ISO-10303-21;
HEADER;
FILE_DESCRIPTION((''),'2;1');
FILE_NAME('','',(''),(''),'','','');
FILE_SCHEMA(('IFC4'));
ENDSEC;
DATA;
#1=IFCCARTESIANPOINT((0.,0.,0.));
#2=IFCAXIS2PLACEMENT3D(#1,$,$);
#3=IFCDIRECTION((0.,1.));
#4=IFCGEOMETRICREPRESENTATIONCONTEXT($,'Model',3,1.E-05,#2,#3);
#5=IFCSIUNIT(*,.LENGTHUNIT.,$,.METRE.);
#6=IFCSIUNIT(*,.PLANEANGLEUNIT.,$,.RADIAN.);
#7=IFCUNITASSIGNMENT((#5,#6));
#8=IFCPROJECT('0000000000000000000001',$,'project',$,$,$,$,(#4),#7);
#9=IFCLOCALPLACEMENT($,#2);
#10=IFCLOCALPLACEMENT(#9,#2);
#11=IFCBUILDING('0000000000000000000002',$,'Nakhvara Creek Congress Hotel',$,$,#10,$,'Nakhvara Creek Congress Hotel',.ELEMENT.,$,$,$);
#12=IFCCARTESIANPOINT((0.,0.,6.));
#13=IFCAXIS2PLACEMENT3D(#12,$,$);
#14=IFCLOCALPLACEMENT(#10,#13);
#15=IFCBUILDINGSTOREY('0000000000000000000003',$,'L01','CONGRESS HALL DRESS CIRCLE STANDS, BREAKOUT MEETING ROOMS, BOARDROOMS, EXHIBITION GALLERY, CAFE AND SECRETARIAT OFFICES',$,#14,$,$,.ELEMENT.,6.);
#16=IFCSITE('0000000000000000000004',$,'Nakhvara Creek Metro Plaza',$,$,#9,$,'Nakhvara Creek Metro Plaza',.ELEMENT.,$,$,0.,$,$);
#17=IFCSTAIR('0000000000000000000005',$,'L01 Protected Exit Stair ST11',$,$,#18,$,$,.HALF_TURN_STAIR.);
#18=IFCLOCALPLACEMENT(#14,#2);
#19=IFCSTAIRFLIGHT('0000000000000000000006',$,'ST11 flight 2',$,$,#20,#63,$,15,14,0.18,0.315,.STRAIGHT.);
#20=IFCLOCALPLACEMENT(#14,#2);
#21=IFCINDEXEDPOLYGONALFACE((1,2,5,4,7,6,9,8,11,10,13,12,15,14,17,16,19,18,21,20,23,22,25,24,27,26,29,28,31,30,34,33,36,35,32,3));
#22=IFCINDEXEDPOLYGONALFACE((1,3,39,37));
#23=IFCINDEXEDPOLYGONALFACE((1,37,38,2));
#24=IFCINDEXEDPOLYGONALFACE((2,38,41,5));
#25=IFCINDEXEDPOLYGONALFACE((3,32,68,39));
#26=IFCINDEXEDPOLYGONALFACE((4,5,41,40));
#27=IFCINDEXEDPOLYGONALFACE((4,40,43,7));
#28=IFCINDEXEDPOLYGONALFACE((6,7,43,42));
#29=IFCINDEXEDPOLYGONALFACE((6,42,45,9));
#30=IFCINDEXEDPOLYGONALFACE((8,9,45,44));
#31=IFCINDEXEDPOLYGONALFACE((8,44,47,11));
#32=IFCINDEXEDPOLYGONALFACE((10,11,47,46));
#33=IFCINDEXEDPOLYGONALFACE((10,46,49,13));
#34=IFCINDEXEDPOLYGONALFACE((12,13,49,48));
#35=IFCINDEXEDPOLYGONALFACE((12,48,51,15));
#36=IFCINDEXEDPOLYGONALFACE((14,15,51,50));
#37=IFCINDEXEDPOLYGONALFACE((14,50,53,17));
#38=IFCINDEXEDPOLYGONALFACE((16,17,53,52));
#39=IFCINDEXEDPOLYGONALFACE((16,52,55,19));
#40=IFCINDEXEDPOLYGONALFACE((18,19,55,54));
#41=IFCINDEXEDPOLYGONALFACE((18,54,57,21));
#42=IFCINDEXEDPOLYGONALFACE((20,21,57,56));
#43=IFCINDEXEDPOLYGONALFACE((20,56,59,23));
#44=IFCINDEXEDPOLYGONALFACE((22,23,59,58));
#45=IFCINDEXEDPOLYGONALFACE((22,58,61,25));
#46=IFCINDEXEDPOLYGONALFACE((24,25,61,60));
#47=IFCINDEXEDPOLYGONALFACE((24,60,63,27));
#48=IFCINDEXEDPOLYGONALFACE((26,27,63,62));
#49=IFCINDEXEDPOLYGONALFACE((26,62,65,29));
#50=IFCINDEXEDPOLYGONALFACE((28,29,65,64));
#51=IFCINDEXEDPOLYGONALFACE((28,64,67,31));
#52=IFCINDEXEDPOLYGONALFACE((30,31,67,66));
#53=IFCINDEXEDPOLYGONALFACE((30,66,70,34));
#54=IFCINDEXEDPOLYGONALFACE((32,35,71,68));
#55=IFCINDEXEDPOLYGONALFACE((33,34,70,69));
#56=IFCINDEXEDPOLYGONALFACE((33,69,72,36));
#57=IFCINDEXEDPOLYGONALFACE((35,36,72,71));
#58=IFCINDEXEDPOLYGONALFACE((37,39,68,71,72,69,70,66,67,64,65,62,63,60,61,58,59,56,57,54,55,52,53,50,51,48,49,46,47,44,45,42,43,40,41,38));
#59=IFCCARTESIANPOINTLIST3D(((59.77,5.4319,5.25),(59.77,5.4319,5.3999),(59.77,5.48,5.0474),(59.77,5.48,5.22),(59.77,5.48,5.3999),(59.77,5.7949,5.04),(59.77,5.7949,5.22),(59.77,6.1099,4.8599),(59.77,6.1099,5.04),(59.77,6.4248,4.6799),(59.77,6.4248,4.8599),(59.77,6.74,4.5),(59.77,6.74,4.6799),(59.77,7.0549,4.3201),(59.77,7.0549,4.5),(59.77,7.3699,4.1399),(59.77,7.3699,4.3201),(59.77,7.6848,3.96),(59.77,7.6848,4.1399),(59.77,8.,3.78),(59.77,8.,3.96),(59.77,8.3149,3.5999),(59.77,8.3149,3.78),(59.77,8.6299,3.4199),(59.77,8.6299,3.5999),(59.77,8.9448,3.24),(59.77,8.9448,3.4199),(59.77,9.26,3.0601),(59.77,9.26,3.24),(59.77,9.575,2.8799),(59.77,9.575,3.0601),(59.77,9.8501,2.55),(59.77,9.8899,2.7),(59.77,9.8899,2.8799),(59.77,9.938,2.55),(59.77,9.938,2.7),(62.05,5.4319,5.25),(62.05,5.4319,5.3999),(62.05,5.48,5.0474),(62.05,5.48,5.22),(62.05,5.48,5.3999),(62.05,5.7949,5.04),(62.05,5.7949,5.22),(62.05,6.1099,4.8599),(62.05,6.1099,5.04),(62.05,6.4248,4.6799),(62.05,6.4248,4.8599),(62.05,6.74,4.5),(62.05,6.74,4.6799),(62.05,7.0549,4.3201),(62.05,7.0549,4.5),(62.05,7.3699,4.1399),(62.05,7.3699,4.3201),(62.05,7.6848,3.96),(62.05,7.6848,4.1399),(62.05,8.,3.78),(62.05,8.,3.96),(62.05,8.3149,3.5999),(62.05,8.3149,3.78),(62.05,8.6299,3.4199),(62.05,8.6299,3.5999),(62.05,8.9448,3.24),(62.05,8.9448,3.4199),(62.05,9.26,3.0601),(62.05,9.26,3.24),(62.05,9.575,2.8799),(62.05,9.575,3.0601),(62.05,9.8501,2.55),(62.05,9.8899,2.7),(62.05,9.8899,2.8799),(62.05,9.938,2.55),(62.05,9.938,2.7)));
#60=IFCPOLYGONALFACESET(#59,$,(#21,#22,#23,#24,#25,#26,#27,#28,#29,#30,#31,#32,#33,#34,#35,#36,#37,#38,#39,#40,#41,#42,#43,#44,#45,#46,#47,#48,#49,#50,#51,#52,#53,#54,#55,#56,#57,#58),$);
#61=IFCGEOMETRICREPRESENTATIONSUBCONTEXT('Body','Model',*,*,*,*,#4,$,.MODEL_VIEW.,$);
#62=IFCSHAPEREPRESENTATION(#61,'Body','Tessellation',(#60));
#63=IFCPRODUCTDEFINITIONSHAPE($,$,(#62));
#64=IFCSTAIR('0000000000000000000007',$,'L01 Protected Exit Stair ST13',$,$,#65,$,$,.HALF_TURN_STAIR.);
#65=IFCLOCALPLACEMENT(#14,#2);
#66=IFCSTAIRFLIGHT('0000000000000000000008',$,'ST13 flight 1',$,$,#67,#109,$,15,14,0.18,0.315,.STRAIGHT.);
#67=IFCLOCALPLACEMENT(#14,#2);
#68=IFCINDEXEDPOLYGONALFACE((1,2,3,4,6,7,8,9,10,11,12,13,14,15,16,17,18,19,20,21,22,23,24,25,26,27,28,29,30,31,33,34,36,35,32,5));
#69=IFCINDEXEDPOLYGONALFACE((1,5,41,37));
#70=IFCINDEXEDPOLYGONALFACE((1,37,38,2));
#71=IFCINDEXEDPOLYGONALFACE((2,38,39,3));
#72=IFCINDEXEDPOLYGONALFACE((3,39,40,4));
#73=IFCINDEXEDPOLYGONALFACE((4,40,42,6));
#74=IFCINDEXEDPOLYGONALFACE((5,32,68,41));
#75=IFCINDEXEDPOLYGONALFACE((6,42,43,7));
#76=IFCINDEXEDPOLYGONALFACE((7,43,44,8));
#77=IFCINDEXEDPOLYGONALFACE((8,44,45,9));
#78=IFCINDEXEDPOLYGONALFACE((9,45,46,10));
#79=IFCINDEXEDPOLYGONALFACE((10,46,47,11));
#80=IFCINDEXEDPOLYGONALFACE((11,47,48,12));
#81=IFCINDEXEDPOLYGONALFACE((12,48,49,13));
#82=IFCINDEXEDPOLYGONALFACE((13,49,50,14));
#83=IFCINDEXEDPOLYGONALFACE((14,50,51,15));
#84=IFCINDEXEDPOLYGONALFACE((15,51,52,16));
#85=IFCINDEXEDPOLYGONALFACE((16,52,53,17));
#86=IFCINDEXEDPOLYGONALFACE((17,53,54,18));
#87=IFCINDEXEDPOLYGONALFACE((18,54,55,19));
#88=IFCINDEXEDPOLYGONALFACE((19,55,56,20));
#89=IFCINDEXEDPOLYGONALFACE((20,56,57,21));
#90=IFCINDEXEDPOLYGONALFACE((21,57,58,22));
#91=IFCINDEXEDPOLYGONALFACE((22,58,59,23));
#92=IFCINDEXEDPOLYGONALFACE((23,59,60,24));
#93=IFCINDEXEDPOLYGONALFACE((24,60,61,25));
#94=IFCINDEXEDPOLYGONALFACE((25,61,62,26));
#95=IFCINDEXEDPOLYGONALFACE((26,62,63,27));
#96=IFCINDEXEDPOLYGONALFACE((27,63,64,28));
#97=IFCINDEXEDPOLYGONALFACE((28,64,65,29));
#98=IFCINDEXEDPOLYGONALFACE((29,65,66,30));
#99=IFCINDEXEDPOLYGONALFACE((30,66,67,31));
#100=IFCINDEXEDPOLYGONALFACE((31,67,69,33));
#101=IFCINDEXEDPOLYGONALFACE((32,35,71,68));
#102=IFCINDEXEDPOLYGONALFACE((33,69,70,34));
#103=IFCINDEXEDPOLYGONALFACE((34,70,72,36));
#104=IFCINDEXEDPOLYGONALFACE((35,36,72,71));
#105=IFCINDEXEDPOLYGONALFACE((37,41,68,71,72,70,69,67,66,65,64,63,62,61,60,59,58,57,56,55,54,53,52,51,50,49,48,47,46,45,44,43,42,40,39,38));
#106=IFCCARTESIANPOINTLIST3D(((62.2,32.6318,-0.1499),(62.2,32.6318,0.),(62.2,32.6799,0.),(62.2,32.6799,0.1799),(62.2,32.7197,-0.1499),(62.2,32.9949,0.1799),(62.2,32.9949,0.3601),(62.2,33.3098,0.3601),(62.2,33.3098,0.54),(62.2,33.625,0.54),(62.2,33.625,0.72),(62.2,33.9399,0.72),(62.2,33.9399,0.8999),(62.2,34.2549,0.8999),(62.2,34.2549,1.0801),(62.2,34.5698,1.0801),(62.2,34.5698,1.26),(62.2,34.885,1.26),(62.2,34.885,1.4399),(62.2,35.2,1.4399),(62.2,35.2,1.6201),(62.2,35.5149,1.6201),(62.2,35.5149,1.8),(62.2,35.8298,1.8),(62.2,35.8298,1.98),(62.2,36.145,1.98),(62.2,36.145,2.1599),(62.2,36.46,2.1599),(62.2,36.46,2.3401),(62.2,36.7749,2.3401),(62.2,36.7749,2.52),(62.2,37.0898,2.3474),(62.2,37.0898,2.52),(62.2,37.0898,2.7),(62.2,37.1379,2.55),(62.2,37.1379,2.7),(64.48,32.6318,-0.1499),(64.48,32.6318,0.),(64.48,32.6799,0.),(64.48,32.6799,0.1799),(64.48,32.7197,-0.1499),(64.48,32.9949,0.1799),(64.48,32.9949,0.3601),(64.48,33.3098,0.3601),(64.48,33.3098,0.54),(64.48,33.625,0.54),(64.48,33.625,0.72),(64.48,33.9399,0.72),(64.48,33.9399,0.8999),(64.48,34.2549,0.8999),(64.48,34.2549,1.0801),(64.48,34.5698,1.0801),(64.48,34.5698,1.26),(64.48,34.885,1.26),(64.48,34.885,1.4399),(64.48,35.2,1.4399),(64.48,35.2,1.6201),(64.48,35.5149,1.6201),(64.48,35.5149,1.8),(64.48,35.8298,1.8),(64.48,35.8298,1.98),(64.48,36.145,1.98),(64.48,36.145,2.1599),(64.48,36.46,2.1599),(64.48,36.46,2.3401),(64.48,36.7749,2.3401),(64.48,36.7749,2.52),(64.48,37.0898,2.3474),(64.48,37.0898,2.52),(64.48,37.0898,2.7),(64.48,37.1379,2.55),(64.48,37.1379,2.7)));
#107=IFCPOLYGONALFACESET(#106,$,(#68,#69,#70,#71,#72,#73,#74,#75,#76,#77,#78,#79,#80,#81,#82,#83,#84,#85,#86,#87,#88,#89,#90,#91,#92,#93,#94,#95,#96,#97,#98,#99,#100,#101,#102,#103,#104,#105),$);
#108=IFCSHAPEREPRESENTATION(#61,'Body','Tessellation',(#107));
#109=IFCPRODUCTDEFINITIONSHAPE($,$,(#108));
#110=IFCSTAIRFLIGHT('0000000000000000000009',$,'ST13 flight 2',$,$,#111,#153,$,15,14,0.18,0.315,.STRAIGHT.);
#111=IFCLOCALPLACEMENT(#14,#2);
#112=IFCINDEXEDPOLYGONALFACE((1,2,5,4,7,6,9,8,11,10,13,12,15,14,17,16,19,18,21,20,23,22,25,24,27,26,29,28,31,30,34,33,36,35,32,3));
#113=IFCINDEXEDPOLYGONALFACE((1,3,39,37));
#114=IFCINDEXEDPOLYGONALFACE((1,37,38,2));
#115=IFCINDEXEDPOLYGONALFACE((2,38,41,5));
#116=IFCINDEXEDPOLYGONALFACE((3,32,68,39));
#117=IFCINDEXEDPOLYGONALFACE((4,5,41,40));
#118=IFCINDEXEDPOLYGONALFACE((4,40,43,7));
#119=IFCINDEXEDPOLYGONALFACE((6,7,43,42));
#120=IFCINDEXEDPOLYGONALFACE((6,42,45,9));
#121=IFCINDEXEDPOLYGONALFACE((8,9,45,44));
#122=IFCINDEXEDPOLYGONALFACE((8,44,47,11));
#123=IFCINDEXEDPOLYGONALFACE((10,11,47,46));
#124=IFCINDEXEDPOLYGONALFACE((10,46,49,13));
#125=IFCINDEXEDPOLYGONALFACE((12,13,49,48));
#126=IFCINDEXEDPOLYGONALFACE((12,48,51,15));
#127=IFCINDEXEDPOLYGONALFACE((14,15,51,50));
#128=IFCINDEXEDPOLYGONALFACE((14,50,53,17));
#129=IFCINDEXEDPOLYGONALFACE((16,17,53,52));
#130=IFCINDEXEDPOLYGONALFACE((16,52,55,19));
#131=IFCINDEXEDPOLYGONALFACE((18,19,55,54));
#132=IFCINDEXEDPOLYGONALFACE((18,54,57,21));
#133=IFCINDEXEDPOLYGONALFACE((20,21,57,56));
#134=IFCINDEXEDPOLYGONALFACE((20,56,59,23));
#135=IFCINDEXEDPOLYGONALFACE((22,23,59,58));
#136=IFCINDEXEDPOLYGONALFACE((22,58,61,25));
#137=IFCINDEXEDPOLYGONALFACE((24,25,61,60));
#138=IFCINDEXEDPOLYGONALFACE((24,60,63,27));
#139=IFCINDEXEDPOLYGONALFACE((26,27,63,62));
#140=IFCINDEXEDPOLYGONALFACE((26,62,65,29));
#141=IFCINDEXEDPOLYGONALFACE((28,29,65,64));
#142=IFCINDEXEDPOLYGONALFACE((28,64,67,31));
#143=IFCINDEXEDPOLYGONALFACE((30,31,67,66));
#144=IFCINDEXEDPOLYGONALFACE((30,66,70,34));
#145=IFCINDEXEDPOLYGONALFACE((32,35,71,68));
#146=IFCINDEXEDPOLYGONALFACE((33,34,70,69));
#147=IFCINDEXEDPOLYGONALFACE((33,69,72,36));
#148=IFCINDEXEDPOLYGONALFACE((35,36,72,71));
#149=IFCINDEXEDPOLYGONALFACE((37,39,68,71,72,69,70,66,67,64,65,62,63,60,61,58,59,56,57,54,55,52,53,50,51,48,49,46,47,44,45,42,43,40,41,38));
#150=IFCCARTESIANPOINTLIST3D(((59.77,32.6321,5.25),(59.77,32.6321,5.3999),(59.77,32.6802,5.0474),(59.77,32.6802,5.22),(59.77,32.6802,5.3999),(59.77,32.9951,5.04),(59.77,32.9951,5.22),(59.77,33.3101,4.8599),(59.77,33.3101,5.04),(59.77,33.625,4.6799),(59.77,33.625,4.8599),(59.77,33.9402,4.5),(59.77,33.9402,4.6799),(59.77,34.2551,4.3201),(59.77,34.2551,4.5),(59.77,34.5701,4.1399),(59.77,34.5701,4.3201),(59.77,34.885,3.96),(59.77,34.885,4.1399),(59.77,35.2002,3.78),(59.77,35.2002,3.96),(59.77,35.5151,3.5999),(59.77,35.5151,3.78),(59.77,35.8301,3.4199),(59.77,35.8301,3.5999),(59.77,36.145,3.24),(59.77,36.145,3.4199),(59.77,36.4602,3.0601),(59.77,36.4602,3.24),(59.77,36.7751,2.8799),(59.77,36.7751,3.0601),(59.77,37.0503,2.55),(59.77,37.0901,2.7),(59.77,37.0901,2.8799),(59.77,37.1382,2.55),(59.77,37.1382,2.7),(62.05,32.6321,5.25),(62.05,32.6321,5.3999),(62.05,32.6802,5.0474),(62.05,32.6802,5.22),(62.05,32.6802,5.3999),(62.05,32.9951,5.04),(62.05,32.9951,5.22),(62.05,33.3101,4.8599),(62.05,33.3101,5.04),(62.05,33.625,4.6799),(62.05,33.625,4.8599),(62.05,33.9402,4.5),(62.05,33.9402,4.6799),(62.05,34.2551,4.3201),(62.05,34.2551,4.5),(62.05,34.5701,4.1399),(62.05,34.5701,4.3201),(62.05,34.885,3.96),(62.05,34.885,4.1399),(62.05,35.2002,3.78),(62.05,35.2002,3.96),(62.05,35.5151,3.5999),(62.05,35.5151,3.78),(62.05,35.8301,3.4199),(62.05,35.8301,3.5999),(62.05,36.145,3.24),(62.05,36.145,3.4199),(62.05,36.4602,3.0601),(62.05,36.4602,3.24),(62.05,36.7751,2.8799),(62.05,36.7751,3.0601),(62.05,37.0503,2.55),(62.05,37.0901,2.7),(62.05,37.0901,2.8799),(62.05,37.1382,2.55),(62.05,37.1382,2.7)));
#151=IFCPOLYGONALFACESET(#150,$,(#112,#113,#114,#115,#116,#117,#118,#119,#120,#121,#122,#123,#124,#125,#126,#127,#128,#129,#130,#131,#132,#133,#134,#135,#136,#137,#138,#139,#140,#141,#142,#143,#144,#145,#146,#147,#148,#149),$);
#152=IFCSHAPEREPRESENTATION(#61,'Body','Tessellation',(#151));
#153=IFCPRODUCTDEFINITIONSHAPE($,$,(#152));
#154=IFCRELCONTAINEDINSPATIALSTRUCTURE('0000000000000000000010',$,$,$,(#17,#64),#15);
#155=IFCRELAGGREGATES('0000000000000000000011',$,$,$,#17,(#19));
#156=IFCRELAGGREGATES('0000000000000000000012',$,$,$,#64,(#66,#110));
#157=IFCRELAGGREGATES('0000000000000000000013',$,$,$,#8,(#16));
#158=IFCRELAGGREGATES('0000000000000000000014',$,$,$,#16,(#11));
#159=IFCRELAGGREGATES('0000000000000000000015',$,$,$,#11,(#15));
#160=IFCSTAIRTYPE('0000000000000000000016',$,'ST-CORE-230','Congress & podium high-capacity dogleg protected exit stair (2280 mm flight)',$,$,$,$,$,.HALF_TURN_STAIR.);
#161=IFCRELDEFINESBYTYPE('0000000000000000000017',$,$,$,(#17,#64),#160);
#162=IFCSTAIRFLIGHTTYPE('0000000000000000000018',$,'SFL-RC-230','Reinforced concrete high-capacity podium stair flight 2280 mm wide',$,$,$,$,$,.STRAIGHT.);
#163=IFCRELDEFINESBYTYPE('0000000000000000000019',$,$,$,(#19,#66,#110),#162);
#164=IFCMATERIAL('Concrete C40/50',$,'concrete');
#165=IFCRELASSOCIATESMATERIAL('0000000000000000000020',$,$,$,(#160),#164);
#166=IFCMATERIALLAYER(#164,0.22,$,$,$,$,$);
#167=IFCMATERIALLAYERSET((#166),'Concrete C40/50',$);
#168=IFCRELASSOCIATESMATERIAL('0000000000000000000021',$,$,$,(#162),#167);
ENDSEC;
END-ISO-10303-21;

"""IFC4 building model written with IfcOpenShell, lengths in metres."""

from ifc_helpers import new_model, si_unit, direction, frame, origin, place, context, subcontext, project, spatial, polyline, outline, extrude, material, layer, layer_set, type_object, element, aggregate, save


model = new_model("IFC4")

# Units and contexts
model_context = context("Model", 3, precision=1e-05, world=origin(), true_north=direction((0.0, 1.0)))
body_context = subcontext(model_context, "Body", "Model", "MODEL_VIEW")
ifc_project = project(units=[si_unit("LENGTHUNIT", "METRE"), si_unit("PLANEANGLEUNIT", "RADIAN")], contexts=[model_context])

# Site, building, storey
site_placement = place(None, origin())
site = spatial("IfcSite", under=ifc_project, at=site_placement, Name="Nakhvara Creek Metro Plaza", LongName="Nakhvara Creek Metro Plaza", CompositionType="ELEMENT", RefElevation=0.0)
building_placement = place(site_placement, origin())
building = spatial("IfcBuilding", under=site, at=building_placement, Name="Nakhvara Creek Congress Hotel", LongName="Nakhvara Creek Congress Hotel", CompositionType="ELEMENT")
storey_placement = place(building_placement, frame((0.0, 0.0, 6.0)))
storey = spatial("IfcBuildingStorey", under=building, at=storey_placement, Name="L01", Description="CONGRESS HALL DRESS CIRCLE STANDS, BREAKOUT MEETING ROOMS, BOARDROOMS, EXHIBITION GALLERY, CAFE AND SECRETARIAT OFFICES", CompositionType="ELEMENT", Elevation=6.0)

# Shared definitions
ifc_material_1 = material(Name="Concrete C40/50", Category="concrete")

# Stairs, stair flights
stair_type = type_object("IfcStairType", Name="ST-CORE-230", Description="Congress & podium high-capacity dogleg protected exit stair (2280 mm flight)", PredefinedType="HALF_TURN_STAIR", material=ifc_material_1)
stair_1_placement = place(storey_placement, origin())
stair_1 = element("IfcStair", 1, at=stair_1_placement, inside=storey, type_object=stair_type, Name="L01 Protected Exit Stair ST11", PredefinedType="HALF_TURN_STAIR")
ifc_layer_1 = layer(ifc_material_1, 0.22)
ifc_layer_set_1 = layer_set([ifc_layer_1], Name="Concrete C40/50")
stair_flight_type = type_object("IfcStairFlightType", Name="SFL-RC-230", Description="Reinforced concrete high-capacity podium stair flight 2280 mm wide", PredefinedType="STRAIGHT", material=ifc_layer_set_1)
stair_flight_1_placement = place(storey_placement, frame((60.9099, 9.8899, 2.7), z_axis=(0.0, 0.0, 1.0), x_axis=(0.0, -1.0, 0.0)))
stair_flight_1 = element("IfcStairFlight", 2, at=stair_flight_1_placement, type_object=stair_flight_type, Name="ST11 flight 2", NumberOfRisers=15, NumberOfTreads=14, PredefinedType="STRAIGHT", RiserHeight=0.18, TreadLength=0.315, context=body_context, shape_type="SweptSolid", body=[
    extrude(outline(polyline([(-0.0481, 0.0), (0.0, 0.0), (0.0, 0.1799), (0.3149, 0.1799), (0.3149, 0.3601), (0.6299, 0.3601), (0.6299, 0.54), (0.9451, 0.54), (0.9451, 0.72), (1.26, 0.72), (1.26, 0.8999), (1.575, 0.8999), (1.575, 1.0801), (1.8899, 1.0801), (1.8899, 1.26), (2.2051, 1.26), (2.2051, 1.4399), (2.52, 1.4399), (2.52, 1.6201), (2.835, 1.6201), (2.835, 1.8), (3.1499, 1.8), (3.1499, 1.98), (3.4651, 1.98), (3.4651, 2.1599), (3.78, 2.1599), (3.78, 2.3401), (4.095, 2.3401), (4.095, 2.52), (4.4099, 2.52), (4.4099, 2.7), (4.458, 2.7), (4.458, 2.55), (4.4099, 2.3474), (0.0398, -0.1499), (-0.0481, -0.1499), (-0.0481, 0.0)])), frame((0.0, 1.1401, 0.0), z_axis=(0.0, -1.0, 0.0), x_axis=(1.0, 0.0, 0.0)), (0.0, 0.0, 1.0), 2.28),
])
aggregate(stair_1, [stair_flight_1])
stair_2_placement = place(storey_placement, origin())
stair_2 = element("IfcStair", 3, at=stair_2_placement, inside=storey, type_object=stair_type, Name="L01 Protected Exit Stair ST13", PredefinedType="HALF_TURN_STAIR")
stair_flight_2_placement = place(storey_placement, frame((63.3401, 32.6799, 0.0), z_axis=(0.0, 0.0, 1.0), x_axis=(0.0, 1.0, 0.0)))
stair_flight_2 = element("IfcStairFlight", 4, at=stair_flight_2_placement, type_object=stair_flight_type, Name="ST13 flight 1", NumberOfRisers=15, NumberOfTreads=14, PredefinedType="STRAIGHT", RiserHeight=0.18, TreadLength=0.315, context=body_context, shape_type="SweptSolid", body=[
    extrude(outline(polyline([(-0.0481, 0.0), (0.0, 0.0), (0.0, 0.1799), (0.3149, 0.1799), (0.3149, 0.3601), (0.6299, 0.3601), (0.6299, 0.54), (0.9451, 0.54), (0.9451, 0.72), (1.26, 0.72), (1.26, 0.8999), (1.575, 0.8999), (1.575, 1.0801), (1.8899, 1.0801), (1.8899, 1.26), (2.2051, 1.26), (2.2051, 1.4399), (2.52, 1.4399), (2.52, 1.6201), (2.835, 1.6201), (2.835, 1.8), (3.1499, 1.8), (3.1499, 1.98), (3.4651, 1.98), (3.4651, 2.1599), (3.78, 2.1599), (3.78, 2.3401), (4.095, 2.3401), (4.095, 2.52), (4.4099, 2.52), (4.4099, 2.7), (4.458, 2.7), (4.458, 2.55), (4.4099, 2.3474), (0.0398, -0.1499), (-0.0481, -0.1499), (-0.0481, 0.0)])), frame((0.0, 1.1401, 0.0), z_axis=(0.0, -1.0, 0.0), x_axis=(1.0, 0.0, 0.0)), (0.0, 0.0, 1.0), 2.28),
])
stair_flight_3_placement = place(storey_placement, frame((60.9099, 37.0901, 2.7), z_axis=(0.0, 0.0, 1.0), x_axis=(0.0, -1.0, 0.0)))
stair_flight_3 = element("IfcStairFlight", 5, at=stair_flight_3_placement, type_object=stair_flight_type, Name="ST13 flight 2", NumberOfRisers=15, NumberOfTreads=14, PredefinedType="STRAIGHT", RiserHeight=0.18, TreadLength=0.315, context=body_context, shape_type="SweptSolid", body=[
    extrude(outline(polyline([(-0.0481, 0.0), (0.0, 0.0), (0.0, 0.1799), (0.3149, 0.1799), (0.3149, 0.3601), (0.6299, 0.3601), (0.6299, 0.54), (0.9451, 0.54), (0.9451, 0.72), (1.26, 0.72), (1.26, 0.8999), (1.575, 0.8999), (1.575, 1.0801), (1.8899, 1.0801), (1.8899, 1.26), (2.2051, 1.26), (2.2051, 1.4399), (2.52, 1.4399), (2.52, 1.6201), (2.835, 1.6201), (2.835, 1.8), (3.1499, 1.8), (3.1499, 1.98), (3.4651, 1.98), (3.4651, 2.1599), (3.78, 2.1599), (3.78, 2.3401), (4.095, 2.3401), (4.095, 2.52), (4.4099, 2.52), (4.4099, 2.7), (4.458, 2.7), (4.458, 2.55), (4.4099, 2.3474), (0.0398, -0.1499), (-0.0481, -0.1499), (-0.0481, 0.0)])), frame((0.0, 1.1401, 0.0), z_axis=(0.0, -1.0, 0.0), x_axis=(1.0, 0.0, 0.0)), (0.0, 0.0, 1.0), 2.28),
])
aggregate(stair_2, [stair_flight_2, stair_flight_3])

save(model, "model.ifc")
